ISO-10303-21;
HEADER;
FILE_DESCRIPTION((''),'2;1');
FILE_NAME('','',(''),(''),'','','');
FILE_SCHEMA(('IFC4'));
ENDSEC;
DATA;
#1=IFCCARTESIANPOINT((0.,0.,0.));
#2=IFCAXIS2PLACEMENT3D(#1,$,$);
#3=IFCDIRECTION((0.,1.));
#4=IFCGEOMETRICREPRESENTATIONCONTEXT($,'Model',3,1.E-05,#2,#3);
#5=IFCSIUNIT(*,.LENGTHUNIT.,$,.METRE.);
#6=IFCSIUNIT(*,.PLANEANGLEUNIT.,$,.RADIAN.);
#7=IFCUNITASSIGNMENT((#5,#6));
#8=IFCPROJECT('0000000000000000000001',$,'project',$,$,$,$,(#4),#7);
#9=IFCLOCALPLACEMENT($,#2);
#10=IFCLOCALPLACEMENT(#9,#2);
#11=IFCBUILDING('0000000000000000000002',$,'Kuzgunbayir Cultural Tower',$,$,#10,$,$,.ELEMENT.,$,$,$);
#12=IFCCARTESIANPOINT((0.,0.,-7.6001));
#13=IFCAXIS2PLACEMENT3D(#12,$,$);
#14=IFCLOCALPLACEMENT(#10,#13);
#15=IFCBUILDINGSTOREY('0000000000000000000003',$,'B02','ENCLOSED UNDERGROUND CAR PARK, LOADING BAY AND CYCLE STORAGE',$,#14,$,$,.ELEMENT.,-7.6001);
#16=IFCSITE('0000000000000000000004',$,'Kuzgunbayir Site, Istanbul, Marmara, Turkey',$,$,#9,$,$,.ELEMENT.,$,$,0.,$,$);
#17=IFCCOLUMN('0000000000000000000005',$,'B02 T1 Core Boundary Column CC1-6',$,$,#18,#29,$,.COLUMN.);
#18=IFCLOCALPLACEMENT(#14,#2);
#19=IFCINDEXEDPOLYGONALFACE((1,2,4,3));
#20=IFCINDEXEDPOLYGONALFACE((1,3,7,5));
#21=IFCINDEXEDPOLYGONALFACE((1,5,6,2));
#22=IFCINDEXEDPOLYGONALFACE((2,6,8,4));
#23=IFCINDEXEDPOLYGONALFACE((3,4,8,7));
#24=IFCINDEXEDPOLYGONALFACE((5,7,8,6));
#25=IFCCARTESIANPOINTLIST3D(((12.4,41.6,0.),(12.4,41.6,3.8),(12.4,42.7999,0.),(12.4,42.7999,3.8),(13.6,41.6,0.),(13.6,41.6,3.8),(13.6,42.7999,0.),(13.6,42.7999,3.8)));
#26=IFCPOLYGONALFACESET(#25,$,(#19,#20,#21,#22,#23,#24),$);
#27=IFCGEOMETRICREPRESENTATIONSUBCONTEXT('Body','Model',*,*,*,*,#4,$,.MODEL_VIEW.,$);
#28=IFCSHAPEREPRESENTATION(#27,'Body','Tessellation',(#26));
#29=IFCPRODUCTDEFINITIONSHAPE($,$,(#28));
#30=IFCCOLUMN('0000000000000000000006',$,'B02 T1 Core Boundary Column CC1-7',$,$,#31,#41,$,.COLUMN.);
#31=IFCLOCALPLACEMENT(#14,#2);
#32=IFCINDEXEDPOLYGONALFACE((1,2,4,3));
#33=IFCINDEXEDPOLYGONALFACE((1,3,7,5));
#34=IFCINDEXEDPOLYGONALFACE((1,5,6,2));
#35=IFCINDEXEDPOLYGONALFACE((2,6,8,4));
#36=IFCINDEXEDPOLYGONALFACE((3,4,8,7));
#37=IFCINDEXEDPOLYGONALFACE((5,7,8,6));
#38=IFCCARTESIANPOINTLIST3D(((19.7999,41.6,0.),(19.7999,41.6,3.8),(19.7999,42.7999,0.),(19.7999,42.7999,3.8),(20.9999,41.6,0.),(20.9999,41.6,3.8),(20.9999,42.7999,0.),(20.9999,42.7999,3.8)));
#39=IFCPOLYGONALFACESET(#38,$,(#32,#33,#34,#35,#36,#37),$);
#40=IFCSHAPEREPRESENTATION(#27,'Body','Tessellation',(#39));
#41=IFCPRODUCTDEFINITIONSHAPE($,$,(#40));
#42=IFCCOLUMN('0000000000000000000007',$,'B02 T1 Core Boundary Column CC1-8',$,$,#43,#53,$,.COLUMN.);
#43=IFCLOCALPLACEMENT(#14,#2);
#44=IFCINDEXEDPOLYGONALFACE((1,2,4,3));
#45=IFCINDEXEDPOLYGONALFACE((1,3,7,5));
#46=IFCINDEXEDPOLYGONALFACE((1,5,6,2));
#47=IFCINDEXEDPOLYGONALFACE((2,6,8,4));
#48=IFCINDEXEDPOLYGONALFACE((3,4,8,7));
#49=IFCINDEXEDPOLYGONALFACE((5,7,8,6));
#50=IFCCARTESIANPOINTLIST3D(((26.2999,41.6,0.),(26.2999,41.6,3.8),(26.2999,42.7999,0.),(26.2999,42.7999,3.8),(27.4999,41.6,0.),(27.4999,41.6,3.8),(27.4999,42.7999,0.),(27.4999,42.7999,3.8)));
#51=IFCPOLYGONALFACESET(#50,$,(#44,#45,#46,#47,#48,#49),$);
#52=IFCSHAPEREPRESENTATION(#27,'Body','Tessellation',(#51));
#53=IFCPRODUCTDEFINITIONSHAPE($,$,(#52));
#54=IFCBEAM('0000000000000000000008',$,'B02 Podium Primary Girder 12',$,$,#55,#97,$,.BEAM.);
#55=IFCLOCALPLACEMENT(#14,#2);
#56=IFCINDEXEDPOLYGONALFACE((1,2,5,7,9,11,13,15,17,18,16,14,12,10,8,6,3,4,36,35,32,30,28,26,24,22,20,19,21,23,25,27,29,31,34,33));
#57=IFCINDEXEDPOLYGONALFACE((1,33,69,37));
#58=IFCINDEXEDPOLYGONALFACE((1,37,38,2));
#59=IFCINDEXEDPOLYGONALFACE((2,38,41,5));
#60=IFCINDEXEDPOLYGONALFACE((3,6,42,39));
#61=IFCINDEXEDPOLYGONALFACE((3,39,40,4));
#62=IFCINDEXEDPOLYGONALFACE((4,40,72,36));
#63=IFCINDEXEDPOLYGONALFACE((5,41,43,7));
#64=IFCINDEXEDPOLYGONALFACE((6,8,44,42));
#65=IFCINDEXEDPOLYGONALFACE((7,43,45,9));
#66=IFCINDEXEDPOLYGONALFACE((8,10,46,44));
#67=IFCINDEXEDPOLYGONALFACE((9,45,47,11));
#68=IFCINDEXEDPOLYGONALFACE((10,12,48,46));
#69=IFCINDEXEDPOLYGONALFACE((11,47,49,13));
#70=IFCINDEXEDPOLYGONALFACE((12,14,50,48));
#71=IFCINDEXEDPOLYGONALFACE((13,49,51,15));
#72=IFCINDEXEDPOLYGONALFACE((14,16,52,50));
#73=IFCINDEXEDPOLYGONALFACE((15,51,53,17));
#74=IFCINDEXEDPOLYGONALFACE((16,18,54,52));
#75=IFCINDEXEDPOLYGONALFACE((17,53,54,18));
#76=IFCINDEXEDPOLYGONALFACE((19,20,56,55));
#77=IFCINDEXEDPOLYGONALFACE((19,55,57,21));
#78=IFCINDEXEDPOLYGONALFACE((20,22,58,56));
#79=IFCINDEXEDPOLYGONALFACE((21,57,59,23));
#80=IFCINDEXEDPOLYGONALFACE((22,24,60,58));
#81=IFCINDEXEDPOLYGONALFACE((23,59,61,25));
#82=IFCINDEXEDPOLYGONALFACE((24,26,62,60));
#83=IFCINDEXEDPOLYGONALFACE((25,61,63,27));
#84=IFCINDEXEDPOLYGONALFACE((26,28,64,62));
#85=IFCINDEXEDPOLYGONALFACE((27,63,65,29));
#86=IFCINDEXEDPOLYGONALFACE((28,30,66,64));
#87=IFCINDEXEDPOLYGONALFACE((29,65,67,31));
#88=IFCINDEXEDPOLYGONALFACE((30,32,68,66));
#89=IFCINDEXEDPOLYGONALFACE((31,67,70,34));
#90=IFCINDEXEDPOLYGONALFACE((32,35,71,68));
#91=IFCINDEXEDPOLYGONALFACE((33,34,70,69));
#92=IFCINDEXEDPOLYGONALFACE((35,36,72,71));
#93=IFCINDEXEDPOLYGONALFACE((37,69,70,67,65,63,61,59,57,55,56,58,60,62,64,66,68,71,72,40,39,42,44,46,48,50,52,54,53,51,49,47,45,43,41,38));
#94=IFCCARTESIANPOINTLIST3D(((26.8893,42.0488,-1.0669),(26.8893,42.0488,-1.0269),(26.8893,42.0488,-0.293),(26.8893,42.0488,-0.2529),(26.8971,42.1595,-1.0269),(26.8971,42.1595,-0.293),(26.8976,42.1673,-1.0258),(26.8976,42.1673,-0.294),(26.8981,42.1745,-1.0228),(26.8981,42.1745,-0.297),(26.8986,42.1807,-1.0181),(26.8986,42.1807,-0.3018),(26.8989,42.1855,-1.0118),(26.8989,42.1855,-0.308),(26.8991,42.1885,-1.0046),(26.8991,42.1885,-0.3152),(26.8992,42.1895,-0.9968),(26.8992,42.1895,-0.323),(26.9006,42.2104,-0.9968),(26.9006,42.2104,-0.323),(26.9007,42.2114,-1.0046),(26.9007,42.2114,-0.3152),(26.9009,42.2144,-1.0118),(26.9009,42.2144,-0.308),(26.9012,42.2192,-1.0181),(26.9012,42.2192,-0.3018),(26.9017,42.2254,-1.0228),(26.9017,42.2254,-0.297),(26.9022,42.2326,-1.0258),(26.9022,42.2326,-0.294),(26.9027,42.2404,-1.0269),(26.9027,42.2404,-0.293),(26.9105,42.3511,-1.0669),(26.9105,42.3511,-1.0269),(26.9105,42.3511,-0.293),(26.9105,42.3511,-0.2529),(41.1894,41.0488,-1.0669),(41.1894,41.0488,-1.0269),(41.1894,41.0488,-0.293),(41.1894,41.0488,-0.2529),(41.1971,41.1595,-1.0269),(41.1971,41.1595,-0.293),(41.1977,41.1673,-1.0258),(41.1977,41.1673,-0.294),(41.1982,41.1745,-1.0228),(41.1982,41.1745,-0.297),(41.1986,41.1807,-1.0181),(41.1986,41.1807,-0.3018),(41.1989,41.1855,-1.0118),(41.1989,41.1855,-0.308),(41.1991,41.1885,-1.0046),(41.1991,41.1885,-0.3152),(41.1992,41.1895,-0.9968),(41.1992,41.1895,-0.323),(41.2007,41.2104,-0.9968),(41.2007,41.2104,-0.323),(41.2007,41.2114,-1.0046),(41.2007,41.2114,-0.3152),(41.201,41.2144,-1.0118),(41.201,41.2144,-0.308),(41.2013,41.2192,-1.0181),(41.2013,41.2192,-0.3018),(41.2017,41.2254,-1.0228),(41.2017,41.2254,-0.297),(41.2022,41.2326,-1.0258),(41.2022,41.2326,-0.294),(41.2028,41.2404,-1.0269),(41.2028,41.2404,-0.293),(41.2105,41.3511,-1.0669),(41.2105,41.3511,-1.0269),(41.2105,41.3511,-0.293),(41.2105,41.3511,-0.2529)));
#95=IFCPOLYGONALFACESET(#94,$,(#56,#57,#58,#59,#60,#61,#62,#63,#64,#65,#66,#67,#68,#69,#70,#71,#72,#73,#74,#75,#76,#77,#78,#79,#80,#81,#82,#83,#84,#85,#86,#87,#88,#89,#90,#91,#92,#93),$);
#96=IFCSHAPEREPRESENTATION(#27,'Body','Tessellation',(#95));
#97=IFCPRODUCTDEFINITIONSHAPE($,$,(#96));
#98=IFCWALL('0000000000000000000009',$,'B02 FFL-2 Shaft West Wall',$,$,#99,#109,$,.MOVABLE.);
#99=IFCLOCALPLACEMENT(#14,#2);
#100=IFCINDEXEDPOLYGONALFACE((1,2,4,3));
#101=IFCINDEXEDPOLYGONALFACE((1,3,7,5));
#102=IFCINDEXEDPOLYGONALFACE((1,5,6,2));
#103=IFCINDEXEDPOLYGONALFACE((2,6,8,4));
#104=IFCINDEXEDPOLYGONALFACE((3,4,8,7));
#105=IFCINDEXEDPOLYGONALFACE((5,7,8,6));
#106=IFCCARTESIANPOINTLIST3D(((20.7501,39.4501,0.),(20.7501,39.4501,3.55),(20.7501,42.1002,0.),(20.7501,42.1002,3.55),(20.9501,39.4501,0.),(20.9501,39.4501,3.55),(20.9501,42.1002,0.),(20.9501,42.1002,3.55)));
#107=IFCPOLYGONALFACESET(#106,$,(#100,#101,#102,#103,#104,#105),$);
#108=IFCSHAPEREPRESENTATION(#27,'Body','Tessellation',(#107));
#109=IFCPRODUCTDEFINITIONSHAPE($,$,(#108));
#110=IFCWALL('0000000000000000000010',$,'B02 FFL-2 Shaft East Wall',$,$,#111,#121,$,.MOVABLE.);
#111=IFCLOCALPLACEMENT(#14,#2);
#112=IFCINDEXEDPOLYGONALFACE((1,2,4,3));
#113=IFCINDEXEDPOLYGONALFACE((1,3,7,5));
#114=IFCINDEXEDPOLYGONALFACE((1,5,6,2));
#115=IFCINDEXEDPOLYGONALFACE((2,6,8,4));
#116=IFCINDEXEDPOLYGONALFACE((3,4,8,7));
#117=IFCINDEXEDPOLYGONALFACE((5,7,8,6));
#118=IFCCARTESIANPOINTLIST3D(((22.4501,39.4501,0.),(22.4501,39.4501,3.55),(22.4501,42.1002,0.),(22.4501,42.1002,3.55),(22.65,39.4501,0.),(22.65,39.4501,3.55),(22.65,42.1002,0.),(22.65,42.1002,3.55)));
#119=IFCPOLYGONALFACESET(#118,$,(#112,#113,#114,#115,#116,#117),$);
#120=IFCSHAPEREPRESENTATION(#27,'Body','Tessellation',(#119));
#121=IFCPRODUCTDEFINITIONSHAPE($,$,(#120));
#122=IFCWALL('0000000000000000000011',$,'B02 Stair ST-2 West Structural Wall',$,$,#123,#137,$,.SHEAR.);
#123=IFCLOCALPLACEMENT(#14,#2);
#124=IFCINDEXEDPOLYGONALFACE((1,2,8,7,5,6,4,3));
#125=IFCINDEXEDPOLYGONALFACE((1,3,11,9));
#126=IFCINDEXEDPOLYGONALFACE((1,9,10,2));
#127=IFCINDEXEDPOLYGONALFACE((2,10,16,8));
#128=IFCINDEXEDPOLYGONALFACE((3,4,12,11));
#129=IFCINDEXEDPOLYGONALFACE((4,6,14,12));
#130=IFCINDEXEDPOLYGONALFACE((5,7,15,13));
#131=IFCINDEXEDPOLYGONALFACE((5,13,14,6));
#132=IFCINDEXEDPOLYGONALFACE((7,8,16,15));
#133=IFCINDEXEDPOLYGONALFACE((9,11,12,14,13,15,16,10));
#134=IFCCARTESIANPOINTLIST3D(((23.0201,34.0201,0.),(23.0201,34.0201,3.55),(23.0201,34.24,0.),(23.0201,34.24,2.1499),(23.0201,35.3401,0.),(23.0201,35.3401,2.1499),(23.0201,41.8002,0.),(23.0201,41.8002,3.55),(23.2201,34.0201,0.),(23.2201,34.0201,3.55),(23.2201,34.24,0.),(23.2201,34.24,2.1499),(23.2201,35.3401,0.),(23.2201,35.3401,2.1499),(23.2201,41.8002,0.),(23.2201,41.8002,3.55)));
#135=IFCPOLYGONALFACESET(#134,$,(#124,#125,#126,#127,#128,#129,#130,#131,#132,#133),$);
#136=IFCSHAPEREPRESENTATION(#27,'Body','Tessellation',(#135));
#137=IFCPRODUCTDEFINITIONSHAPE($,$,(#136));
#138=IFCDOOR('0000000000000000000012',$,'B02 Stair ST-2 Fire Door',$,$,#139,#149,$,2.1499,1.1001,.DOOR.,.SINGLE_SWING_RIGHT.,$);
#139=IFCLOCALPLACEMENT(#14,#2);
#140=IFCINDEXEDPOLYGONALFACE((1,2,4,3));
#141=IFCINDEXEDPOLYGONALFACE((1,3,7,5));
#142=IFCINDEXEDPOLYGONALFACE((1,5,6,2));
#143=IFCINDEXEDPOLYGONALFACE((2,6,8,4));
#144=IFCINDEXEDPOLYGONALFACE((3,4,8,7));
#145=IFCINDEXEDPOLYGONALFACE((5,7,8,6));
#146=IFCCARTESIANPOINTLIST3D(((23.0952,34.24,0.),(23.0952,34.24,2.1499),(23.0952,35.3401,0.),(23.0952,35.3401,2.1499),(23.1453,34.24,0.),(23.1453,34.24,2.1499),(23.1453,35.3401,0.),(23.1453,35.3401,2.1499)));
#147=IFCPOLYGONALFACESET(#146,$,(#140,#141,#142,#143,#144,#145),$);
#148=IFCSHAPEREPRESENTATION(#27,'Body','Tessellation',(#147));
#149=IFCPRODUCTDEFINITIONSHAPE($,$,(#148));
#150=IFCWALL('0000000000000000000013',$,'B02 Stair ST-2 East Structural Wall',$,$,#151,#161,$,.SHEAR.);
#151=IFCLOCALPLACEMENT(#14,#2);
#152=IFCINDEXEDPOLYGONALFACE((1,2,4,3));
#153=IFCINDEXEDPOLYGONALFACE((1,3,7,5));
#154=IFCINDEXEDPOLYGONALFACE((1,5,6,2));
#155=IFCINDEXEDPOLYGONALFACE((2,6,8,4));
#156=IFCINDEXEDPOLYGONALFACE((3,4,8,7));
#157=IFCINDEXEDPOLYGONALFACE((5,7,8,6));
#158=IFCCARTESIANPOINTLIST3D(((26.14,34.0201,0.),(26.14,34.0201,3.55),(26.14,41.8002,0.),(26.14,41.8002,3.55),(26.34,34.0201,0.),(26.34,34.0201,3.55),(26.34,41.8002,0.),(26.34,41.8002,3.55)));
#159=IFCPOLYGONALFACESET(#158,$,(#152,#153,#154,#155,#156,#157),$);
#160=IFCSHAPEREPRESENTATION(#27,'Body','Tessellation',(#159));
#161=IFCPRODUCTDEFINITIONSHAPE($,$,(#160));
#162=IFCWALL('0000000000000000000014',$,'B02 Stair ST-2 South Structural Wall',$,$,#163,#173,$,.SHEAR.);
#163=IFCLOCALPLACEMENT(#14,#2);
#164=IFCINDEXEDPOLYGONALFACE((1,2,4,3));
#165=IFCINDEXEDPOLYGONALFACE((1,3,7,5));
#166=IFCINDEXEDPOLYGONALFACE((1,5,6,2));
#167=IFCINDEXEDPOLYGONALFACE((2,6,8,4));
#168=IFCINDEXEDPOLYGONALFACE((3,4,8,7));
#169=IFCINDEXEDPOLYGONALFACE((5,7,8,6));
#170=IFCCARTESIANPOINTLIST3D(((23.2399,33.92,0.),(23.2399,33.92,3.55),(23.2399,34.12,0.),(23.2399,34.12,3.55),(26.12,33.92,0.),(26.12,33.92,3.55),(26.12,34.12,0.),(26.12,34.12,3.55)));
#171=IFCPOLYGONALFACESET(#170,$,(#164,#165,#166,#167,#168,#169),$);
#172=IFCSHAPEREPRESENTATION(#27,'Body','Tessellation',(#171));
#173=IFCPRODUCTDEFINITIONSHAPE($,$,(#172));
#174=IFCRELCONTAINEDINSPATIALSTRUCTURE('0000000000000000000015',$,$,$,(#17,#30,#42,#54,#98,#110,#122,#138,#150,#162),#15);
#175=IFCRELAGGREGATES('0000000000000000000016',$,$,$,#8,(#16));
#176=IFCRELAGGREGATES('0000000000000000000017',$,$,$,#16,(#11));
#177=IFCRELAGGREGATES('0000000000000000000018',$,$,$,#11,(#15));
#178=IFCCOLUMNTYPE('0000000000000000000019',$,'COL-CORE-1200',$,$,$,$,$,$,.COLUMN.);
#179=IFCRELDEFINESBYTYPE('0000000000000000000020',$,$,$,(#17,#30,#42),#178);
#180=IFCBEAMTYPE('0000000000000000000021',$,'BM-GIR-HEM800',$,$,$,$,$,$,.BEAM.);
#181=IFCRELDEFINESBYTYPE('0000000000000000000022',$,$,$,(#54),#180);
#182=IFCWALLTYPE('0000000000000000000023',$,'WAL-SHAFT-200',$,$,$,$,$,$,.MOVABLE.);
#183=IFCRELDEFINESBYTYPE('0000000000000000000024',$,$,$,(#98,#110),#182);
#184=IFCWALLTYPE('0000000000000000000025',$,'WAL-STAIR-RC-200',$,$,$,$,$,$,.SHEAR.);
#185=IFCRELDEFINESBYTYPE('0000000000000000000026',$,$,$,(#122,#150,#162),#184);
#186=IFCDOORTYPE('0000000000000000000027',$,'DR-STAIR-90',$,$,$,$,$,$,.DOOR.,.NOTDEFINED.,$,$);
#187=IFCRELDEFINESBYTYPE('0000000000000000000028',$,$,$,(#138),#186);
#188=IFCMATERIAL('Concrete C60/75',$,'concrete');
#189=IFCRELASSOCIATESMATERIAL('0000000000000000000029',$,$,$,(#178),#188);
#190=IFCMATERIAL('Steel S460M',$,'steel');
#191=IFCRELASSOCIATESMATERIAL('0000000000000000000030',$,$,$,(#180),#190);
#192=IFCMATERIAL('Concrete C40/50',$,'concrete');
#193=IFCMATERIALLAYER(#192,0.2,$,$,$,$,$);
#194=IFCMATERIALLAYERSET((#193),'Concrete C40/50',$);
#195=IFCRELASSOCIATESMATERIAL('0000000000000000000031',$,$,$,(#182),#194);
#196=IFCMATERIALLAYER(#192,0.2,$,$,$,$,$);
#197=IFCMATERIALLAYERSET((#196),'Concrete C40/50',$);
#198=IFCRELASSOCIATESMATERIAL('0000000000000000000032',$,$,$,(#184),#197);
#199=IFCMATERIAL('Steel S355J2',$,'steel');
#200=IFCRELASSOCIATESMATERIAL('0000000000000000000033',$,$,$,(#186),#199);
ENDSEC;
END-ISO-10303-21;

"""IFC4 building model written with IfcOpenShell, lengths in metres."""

from ifc_helpers import new_model, si_unit, direction, frame, frame_2d, origin, origin_2d, place, context, subcontext, project, spatial, rectangle, i_section, extrude, material, layer, layer_set, material_profile, profile_set, type_object, element, fill, save


model = new_model("IFC4")

# Units and contexts
model_context = context("Model", 3, precision=1e-05, world=origin(), true_north=direction((0.0, 1.0)))
body_context = subcontext(model_context, "Body", "Model", "MODEL_VIEW")
ifc_project = project(units=[si_unit("LENGTHUNIT", "METRE"), si_unit("PLANEANGLEUNIT", "RADIAN")], contexts=[model_context])

# Site, building, storey
site_placement = place(None, origin())
site = spatial("IfcSite", under=ifc_project, at=site_placement, Name="Kuzgunbayir Site, Istanbul, Marmara, Turkey", CompositionType="ELEMENT", RefElevation=0.0)
building_placement = place(site_placement, origin())
building = spatial("IfcBuilding", under=site, at=building_placement, Name="Kuzgunbayir Cultural Tower", CompositionType="ELEMENT")
storey_placement = place(building_placement, frame((0.0, 0.0, -7.6001)))
storey = spatial("IfcBuildingStorey", under=building, at=storey_placement, Name="B02", Description="ENCLOSED UNDERGROUND CAR PARK, LOADING BAY AND CYCLE STORAGE", CompositionType="ELEMENT", Elevation=-7.6001)

# Columns
ifc_material_1 = material(Name="Concrete C60/75", Category="concrete")
ifc_material_profile_1 = material_profile(ifc_material_1, rectangle(XDim=1.2, YDim=1.2, at=origin_2d()), Name="RC 1200x1200")
ifc_profile_set_1 = profile_set([ifc_material_profile_1], Name="Concrete C60/75")
column_type = type_object("IfcColumnType", Name="COL-CORE-1200", PredefinedType="COLUMN", material=ifc_profile_set_1)
for number, where, z_axis, x_axis, name in (
    (1, (13.0, 42.2, 0.0), (0.0, 0.0, 1.0), (1.0, 0.0, 0.0), "B02 T1 Core Boundary Column CC1-6"),
    (2, (20.3999, 42.2, 0.0), (0.0, 0.0, 1.0), (1.0, 0.0, 0.0), "B02 T1 Core Boundary Column CC1-7"),
    (3, (26.8999, 42.2, 0.0), (0.0, 0.0, 1.0), (1.0, 0.0, 0.0), "B02 T1 Core Boundary Column CC1-8"),
):
    element("IfcColumn", number, at=place(storey_placement, frame(where, z_axis=z_axis, x_axis=x_axis)), inside=storey, type_object=column_type, Name=name, PredefinedType="COLUMN", context=body_context, shape_type="SweptSolid", body=[
        extrude(rectangle(XDim=1.2, YDim=1.2, at=origin_2d()), origin(), (0.0, 0.0, 1.0), 3.8),
    ])

# Beam
ifc_material_2 = material(Name="Steel S460M", Category="steel")
ifc_material_profile_2 = material_profile(ifc_material_2, i_section(OverallWidth=0.303, OverallDepth=0.814, WebThickness=0.021, FlangeThickness=0.04, FilletRadius=0.03, at=origin_2d()), Name="HEM 800")
ifc_profile_set_2 = profile_set([ifc_material_profile_2], Name="Steel S460M")
beam_type = type_object("IfcBeamType", Name="BM-GIR-HEM800", PredefinedType="BEAM", material=ifc_profile_set_2)
beam_placement = place(storey_placement, frame((26.8999, 42.2, -0.6599), z_axis=(0.997564, -0.069759, 0.0), x_axis=(0.069759, 0.997564, 0.0)))
element("IfcBeam", 4, at=beam_placement, inside=storey, type_object=beam_type, Name="B02 Podium Primary Girder 12", PredefinedType="BEAM", context=body_context, shape_type="SweptSolid", body=[
    extrude(i_section(OverallWidth=0.303, OverallDepth=0.814, WebThickness=0.021, FlangeThickness=0.04, FilletRadius=0.03, at=origin_2d()), origin(), (0.0, 0.0, 1.0), 14.335),
])

# Shared definitions
ifc_material_3 = material(Name="Concrete C40/50", Category="concrete")
ifc_layer_1 = layer(ifc_material_3, 0.2)
ifc_layer_set_1 = layer_set([ifc_layer_1], Name="Concrete C40/50")
wall_type_1 = type_object("IfcWallType", Name="WAL-SHAFT-200", PredefinedType="MOVABLE", material=ifc_layer_set_1)

# Walls
for number, where, z_axis, x_axis, name in (
    (5, (20.8501, 39.45, 0.0), (0.0, 0.0, 1.0), (0.0, 1.0, 0.0), "B02 FFL-2 Shaft West Wall"),
    (6, (22.55, 39.45, 0.0), (0.0, 0.0, 1.0), (0.0, 1.0, 0.0), "B02 FFL-2 Shaft East Wall"),
):
    element("IfcWall", number, at=place(storey_placement, frame(where, z_axis=z_axis, x_axis=x_axis)), inside=storey, type_object=wall_type_1, Name=name, PredefinedType="MOVABLE", context=body_context, shape_type="SweptSolid", body=[
        extrude(rectangle(XDim=2.6501, YDim=0.2, at=frame_2d((1.3252, 0.0))), origin(), (0.0, 0.0, 1.0), 3.55),
    ])

# Wall, opening, door
ifc_layer_2 = layer(ifc_material_3, 0.2)
ifc_layer_set_2 = layer_set([ifc_layer_2], Name="Concrete C40/50")
wall_type_2 = type_object("IfcWallType", Name="WAL-STAIR-RC-200", PredefinedType="SHEAR", material=ifc_layer_set_2)
wall_1_placement = place(storey_placement, frame((23.1201, 34.02, 0.0), z_axis=(0.0, 0.0, 1.0), x_axis=(0.0, 1.0, 0.0)))
wall_1 = element("IfcWall", 7, at=wall_1_placement, inside=storey, type_object=wall_type_2, Name="B02 Stair ST-2 West Structural Wall", PredefinedType="SHEAR", context=body_context, shape_type="SweptSolid", body=[
    extrude(rectangle(XDim=7.78, YDim=0.2, at=frame_2d((3.8901, 0.0))), origin(), (0.0, 0.0, 1.0), 3.55),
])
opening_1_placement = place(wall_1_placement, frame((0.22, 0.0, 0.0)))
opening_1 = element("IfcOpeningElement", 8, at=opening_1_placement, cuts=wall_1, PredefinedType="OPENING", context=body_context, shape_type="SweptSolid", body=[
    extrude(rectangle(XDim=1.1001, YDim=2.1499, at=frame_2d((0.55, 1.075))), frame((0.0, 0.1099, 0.0), z_axis=(0.0, -1.0, 0.0), x_axis=(1.0, 0.0, 0.0)), (0.0, 0.0, 1.0), 0.22),
])
ifc_material_4 = material(Name="Steel S355J2", Category="steel")
door_type_1 = type_object("IfcDoorType", Name="DR-STAIR-90", OperationType="NOTDEFINED", PredefinedType="DOOR", material=ifc_material_4)
door_1_placement = place(opening_1_placement, origin())
door_1 = element("IfcDoor", 9, at=door_1_placement, inside=storey, type_object=door_type_1, Name="B02 Stair ST-2 Fire Door", OperationType="SINGLE_SWING_RIGHT", OverallHeight=2.1499, OverallWidth=1.1001, PredefinedType="DOOR", context=body_context, shape_type="SweptSolid", body=[
    extrude(rectangle(XDim=1.1001, YDim=2.1499, at=frame_2d((0.55, 1.075))), frame((0.0, 0.0249, 0.0), z_axis=(0.0, -1.0, 0.0), x_axis=(1.0, 0.0, 0.0)), (0.0, 0.0, 1.0), 0.05),
])
fill(opening_1, door_1)

# Walls
wall_2_placement = place(storey_placement, frame((26.24, 34.02, 0.0), z_axis=(0.0, 0.0, 1.0), x_axis=(0.0, 1.0, 0.0)))
element("IfcWall", 10, at=wall_2_placement, inside=storey, type_object=wall_type_2, Name="B02 Stair ST-2 East Structural Wall", PredefinedType="SHEAR", context=body_context, shape_type="SweptSolid", body=[
    extrude(rectangle(XDim=7.78, YDim=0.2, at=frame_2d((3.8901, 0.0))), origin(), (0.0, 0.0, 1.0), 3.55),
])
wall_3_placement = place(storey_placement, frame((23.24, 34.02, 0.0), z_axis=(0.0, 0.0, 1.0), x_axis=(1.0, 0.0, 0.0)))
element("IfcWall", 11, at=wall_3_placement, inside=storey, type_object=wall_type_2, Name="B02 Stair ST-2 South Structural Wall", PredefinedType="SHEAR", context=body_context, shape_type="SweptSolid", body=[
    extrude(rectangle(XDim=2.8801, YDim=0.2, at=frame_2d((1.4399, 0.0))), origin(), (0.0, 0.0, 1.0), 3.55),
])

save(model, "model.ifc")
